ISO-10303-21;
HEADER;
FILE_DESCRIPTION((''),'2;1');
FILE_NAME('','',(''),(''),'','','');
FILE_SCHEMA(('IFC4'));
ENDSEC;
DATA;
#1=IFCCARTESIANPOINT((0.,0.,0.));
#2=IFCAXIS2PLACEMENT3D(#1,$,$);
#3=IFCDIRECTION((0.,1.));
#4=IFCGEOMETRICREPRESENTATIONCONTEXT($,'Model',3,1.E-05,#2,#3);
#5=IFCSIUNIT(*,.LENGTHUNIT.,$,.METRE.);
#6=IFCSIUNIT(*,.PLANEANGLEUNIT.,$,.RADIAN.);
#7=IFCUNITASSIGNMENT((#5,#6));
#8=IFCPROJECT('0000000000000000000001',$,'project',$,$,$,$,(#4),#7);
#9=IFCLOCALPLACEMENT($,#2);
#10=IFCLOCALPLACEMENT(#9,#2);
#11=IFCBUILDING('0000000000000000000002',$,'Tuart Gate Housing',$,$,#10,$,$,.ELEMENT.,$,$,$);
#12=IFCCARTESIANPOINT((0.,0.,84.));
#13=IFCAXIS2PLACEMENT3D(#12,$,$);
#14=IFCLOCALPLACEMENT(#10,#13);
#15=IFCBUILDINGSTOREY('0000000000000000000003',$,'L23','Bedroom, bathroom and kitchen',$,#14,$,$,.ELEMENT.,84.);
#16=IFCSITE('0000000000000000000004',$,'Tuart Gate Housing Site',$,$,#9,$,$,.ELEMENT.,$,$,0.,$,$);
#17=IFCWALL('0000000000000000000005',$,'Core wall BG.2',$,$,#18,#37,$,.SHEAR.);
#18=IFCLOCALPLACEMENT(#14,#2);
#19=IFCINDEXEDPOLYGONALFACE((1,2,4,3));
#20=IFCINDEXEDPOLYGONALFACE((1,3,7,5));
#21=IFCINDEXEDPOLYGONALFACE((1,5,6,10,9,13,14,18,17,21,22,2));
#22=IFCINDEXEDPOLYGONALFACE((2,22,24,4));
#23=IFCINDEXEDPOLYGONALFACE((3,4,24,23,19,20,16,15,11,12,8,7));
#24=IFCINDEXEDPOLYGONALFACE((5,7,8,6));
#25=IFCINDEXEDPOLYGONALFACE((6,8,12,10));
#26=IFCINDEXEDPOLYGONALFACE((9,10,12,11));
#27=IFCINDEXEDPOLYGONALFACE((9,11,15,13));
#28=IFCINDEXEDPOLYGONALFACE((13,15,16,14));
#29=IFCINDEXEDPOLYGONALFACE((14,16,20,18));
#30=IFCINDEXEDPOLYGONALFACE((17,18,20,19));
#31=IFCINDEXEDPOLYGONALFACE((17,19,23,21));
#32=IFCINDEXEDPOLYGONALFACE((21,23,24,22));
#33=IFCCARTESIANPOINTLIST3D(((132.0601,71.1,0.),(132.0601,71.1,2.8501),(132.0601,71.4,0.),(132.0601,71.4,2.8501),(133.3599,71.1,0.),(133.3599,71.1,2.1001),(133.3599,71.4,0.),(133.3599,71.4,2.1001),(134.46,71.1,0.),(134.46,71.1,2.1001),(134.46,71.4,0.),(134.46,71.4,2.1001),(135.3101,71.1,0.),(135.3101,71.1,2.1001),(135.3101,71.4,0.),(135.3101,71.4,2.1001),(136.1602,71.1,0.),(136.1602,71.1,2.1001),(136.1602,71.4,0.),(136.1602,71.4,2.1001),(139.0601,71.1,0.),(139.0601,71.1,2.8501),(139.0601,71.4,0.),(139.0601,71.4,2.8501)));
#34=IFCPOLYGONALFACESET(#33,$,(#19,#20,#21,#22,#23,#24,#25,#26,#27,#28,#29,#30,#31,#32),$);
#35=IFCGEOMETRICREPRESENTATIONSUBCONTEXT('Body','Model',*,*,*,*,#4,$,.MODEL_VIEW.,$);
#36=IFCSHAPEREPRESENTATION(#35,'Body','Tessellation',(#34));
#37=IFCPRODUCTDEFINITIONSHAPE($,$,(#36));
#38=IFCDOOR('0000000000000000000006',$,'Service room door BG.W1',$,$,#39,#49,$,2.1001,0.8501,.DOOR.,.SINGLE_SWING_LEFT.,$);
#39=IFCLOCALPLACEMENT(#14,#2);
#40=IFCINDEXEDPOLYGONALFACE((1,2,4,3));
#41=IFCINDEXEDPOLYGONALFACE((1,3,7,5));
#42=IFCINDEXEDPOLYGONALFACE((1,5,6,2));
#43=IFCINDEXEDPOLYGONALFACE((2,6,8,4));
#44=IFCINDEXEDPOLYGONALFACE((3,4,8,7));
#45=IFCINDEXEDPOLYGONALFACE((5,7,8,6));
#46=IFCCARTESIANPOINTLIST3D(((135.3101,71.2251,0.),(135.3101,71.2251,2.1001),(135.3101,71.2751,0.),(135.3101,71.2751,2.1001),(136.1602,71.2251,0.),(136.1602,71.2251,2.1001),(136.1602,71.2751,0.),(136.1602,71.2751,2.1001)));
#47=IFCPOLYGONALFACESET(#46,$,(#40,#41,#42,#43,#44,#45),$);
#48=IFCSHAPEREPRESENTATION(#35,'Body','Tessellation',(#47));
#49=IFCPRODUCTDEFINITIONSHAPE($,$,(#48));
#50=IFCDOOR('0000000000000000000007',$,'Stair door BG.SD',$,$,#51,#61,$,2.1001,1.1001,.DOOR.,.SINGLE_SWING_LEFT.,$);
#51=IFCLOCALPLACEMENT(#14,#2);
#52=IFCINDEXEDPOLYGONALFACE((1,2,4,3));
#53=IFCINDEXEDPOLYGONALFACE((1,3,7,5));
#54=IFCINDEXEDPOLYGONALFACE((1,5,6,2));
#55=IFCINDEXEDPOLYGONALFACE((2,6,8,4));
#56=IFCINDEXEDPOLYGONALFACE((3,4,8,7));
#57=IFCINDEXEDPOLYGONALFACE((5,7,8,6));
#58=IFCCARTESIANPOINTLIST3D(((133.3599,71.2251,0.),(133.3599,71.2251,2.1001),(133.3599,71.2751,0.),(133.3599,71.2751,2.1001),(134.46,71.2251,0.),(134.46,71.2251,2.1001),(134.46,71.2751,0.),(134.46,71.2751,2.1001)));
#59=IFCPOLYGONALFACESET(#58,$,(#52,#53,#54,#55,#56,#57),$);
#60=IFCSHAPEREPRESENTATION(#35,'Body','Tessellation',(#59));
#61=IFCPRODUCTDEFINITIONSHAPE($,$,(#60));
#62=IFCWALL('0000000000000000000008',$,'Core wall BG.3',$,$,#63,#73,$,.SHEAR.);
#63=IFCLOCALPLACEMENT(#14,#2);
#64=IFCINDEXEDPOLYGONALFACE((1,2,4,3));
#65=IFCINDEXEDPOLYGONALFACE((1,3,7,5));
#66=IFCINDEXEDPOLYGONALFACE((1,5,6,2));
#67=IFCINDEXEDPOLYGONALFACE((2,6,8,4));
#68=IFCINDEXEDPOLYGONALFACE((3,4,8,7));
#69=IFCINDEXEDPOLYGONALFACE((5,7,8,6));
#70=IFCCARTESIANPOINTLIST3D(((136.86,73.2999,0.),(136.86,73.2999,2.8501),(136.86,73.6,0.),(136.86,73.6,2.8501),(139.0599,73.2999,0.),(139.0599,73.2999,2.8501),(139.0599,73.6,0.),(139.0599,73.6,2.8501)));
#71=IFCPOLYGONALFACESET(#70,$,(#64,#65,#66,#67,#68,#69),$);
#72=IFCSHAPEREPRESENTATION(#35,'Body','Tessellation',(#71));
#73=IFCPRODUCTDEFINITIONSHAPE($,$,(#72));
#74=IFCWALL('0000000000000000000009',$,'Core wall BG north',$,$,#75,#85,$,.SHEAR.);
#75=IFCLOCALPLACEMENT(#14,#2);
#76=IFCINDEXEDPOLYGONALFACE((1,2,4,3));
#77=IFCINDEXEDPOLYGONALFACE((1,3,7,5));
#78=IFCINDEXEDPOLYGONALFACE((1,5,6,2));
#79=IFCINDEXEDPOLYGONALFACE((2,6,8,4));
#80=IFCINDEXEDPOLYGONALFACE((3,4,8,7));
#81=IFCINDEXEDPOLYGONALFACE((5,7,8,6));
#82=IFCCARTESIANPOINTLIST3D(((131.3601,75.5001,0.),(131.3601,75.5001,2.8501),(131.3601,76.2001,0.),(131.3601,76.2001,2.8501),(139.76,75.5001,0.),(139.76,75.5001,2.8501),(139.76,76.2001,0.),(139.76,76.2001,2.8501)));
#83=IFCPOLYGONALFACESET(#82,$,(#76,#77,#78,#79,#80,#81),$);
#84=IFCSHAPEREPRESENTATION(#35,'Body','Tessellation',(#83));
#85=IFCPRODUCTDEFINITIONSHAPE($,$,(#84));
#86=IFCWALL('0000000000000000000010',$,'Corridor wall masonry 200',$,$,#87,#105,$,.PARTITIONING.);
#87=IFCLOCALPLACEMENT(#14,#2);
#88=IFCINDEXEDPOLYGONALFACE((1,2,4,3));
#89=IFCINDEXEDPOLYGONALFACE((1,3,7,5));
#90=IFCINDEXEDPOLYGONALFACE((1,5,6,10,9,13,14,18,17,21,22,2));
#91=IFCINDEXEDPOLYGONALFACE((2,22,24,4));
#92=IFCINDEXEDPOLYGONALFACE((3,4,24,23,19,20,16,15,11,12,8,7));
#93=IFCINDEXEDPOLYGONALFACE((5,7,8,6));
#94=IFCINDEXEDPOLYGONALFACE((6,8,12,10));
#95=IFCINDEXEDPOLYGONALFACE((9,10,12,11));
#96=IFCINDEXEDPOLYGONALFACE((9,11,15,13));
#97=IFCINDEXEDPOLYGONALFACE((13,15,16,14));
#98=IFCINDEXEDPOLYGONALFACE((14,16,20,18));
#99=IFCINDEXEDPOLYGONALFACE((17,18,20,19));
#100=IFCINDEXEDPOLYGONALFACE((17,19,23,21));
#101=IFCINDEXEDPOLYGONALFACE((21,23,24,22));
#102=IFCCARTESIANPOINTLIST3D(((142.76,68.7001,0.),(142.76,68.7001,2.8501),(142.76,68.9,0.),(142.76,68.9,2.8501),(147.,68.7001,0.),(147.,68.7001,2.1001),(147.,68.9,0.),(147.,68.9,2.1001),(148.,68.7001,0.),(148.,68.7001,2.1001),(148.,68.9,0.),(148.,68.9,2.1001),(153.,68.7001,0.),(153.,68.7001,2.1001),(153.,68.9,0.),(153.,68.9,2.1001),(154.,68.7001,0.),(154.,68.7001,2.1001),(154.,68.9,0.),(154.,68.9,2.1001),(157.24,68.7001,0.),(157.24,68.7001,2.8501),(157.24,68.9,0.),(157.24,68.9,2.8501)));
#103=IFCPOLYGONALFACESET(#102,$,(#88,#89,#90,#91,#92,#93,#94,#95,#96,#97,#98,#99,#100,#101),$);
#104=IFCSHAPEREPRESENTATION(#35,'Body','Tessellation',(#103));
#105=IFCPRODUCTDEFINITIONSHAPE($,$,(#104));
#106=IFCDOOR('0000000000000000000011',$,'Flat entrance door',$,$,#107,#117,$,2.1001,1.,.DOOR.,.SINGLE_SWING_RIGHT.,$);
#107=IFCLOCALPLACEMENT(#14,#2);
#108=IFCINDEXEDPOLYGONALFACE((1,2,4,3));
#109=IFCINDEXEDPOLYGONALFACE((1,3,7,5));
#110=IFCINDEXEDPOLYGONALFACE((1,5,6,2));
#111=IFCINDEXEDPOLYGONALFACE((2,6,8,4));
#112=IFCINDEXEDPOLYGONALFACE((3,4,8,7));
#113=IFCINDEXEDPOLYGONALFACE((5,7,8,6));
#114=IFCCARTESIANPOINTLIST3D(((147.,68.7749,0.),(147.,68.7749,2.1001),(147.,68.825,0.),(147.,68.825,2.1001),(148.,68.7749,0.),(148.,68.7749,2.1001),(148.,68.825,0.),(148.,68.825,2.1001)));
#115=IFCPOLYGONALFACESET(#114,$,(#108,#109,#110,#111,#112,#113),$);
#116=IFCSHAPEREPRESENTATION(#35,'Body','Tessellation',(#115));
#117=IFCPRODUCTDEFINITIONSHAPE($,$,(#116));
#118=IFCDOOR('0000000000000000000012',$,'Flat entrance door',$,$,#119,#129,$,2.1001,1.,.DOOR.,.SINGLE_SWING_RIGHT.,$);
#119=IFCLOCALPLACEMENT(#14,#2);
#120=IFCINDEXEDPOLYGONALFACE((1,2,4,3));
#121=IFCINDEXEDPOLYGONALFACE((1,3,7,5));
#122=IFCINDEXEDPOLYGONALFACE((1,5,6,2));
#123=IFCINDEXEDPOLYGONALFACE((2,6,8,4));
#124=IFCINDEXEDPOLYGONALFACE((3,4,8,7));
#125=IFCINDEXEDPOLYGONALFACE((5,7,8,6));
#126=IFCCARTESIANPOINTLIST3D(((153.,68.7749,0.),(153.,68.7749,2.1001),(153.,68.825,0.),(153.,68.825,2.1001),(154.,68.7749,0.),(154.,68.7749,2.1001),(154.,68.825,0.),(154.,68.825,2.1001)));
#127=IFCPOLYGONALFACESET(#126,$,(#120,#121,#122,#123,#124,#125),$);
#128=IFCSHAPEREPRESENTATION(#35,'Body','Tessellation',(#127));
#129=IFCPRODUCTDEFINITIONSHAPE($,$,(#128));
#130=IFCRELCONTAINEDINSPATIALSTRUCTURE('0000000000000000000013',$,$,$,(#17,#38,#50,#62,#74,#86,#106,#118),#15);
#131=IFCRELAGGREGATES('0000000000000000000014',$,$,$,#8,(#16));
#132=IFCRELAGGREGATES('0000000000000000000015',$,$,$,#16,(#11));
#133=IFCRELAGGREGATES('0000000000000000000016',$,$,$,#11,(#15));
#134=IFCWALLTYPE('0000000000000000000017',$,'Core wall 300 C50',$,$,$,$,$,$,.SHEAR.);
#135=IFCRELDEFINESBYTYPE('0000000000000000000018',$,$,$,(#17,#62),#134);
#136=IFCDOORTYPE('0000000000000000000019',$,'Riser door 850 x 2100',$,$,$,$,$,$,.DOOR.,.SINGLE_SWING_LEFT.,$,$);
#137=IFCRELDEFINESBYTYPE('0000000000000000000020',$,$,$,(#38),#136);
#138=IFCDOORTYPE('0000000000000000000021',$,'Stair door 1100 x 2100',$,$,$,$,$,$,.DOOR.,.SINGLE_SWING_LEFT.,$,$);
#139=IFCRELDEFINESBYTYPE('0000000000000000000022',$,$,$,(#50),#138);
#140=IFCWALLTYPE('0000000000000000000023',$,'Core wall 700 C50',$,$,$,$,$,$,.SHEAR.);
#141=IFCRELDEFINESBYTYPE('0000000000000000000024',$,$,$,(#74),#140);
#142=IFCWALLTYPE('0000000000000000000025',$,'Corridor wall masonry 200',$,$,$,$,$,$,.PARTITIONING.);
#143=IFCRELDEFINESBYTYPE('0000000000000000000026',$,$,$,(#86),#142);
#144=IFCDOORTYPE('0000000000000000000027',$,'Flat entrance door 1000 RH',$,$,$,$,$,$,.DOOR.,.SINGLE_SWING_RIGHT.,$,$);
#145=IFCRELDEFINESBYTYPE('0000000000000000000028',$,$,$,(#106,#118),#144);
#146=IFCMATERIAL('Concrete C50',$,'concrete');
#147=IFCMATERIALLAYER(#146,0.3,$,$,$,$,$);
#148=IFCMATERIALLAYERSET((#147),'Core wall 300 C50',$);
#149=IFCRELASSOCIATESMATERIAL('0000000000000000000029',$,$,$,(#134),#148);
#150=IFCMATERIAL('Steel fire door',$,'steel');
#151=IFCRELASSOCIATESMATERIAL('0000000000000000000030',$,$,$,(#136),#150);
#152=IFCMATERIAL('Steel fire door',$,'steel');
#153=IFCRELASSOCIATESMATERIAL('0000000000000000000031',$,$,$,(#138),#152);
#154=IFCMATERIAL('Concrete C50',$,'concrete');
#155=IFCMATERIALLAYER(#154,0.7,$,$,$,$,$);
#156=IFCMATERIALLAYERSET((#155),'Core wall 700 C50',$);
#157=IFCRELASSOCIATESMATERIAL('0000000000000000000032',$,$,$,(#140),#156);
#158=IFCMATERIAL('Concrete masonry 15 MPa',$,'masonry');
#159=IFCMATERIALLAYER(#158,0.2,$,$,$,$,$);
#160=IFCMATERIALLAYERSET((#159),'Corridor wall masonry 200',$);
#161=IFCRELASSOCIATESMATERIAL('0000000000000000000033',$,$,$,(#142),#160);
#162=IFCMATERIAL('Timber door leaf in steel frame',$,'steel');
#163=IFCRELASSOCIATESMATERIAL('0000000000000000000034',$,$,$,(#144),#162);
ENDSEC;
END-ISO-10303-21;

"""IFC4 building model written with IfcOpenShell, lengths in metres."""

from ifc_helpers import new_model, si_unit, direction, frame, frame_2d, origin, place, context, subcontext, project, spatial, rectangle, extrude, material, layer, layer_set, type_object, element, fill, save


model = new_model("IFC4")

# Units and contexts
model_context = context("Model", 3, precision=1e-05, world=origin(), true_north=direction((0.0, 1.0)))
body_context = subcontext(model_context, "Body", "Model", "MODEL_VIEW")
ifc_project = project(units=[si_unit("LENGTHUNIT", "METRE"), si_unit("PLANEANGLEUNIT", "RADIAN")], contexts=[model_context])

# Site, building, storey
site_placement = place(None, origin())
site = spatial("IfcSite", under=ifc_project, at=site_placement, Name="Tuart Gate Housing Site", CompositionType="ELEMENT", RefElevation=0.0)
building_placement = place(site_placement, origin())
building = spatial("IfcBuilding", under=site, at=building_placement, Name="Tuart Gate Housing", CompositionType="ELEMENT")
storey_placement = place(building_placement, frame((0.0, 0.0, 84.0)))
storey = spatial("IfcBuildingStorey", under=building, at=storey_placement, Name="L23", Description="Bedroom, bathroom and kitchen", CompositionType="ELEMENT", Elevation=84.0)

# Wall, openings, doors
ifc_material_1 = material(Name="Concrete C50", Category="concrete")
ifc_layer_1 = layer(ifc_material_1, 0.3)
ifc_layer_set_1 = layer_set([ifc_layer_1], Name="Core wall 300 C50")
wall_type_1 = type_object("IfcWallType", Name="Core wall 300 C50", PredefinedType="SHEAR", material=ifc_layer_set_1)
wall_1_placement = place(storey_placement, frame((139.0601, 71.25, 0.0), z_axis=(0.0, 0.0, 1.0), x_axis=(-1.0, 0.0, 0.0)))
wall_1 = element("IfcWall", 1, at=wall_1_placement, inside=storey, type_object=wall_type_1, Name="Core wall BG.2", PredefinedType="SHEAR", context=body_context, shape_type="SweptSolid", body=[
    extrude(rectangle(XDim=7.0, YDim=0.3, at=frame_2d((3.5, 0.0))), origin(), (0.0, 0.0, 1.0), 2.8501),
])
opening_1_placement = place(wall_1_placement, frame((4.6001, 0.0, 0.0)))
opening_1 = element("IfcOpeningElement", 2, at=opening_1_placement, cuts=wall_1, PredefinedType="OPENING", context=body_context, shape_type="SweptSolid", body=[
    extrude(rectangle(XDim=1.1001, YDim=2.1001, at=frame_2d((0.55, 1.05))), frame((0.0, 0.1599, 0.0), z_axis=(0.0, -1.0, 0.0), x_axis=(1.0, 0.0, 0.0)), (0.0, 0.0, 1.0), 0.3201),
])
opening_2_placement = place(wall_1_placement, frame((2.8999, 0.0, 0.0)))
opening_2 = element("IfcOpeningElement", 3, at=opening_2_placement, cuts=wall_1, PredefinedType="OPENING", context=body_context, shape_type="SweptSolid", body=[
    extrude(rectangle(XDim=0.8501, YDim=2.1001, at=frame_2d((0.425, 1.05))), frame((0.0, 0.1599, 0.0), z_axis=(0.0, -1.0, 0.0), x_axis=(1.0, 0.0, 0.0)), (0.0, 0.0, 1.0), 0.3201),
])
ifc_material_2 = material(Name="Steel fire door", Category="steel")
door_type_1 = type_object("IfcDoorType", Name="Riser door 850 x 2100", OperationType="SINGLE_SWING_LEFT", PredefinedType="DOOR", material=ifc_material_2)
door_1_placement = place(opening_2_placement, origin())
door_1 = element("IfcDoor", 4, at=door_1_placement, inside=storey, type_object=door_type_1, Name="Service room door BG.W1", OperationType="SINGLE_SWING_LEFT", OverallHeight=2.1001, OverallWidth=0.8501, PredefinedType="DOOR", context=body_context, shape_type="SweptSolid", body=[
    extrude(rectangle(XDim=0.8501, YDim=2.1001, at=frame_2d((0.425, 1.05))), frame((0.0, 0.0249, 0.0), z_axis=(0.0, -1.0, 0.0), x_axis=(1.0, 0.0, 0.0)), (0.0, 0.0, 1.0), 0.05),
])
fill(opening_2, door_1)
ifc_material_3 = material(Name="Steel fire door", Category="steel")
door_type_2 = type_object("IfcDoorType", Name="Stair door 1100 x 2100", OperationType="SINGLE_SWING_LEFT", PredefinedType="DOOR", material=ifc_material_3)
door_2_placement = place(opening_1_placement, origin())
door_2 = element("IfcDoor", 5, at=door_2_placement, inside=storey, type_object=door_type_2, Name="Stair door BG.SD", OperationType="SINGLE_SWING_LEFT", OverallHeight=2.1001, OverallWidth=1.1001, PredefinedType="DOOR", context=body_context, shape_type="SweptSolid", body=[
    extrude(rectangle(XDim=1.1001, YDim=2.1001, at=frame_2d((0.55, 1.05))), frame((0.0, 0.0249, 0.0), z_axis=(0.0, -1.0, 0.0), x_axis=(1.0, 0.0, 0.0)), (0.0, 0.0, 1.0), 0.05),
])
fill(opening_1, door_2)

# Walls
wall_2_placement = place(storey_placement, frame((139.0601, 73.45, 0.0), z_axis=(0.0, 0.0, 1.0), x_axis=(-1.0, 0.0, 0.0)))
element("IfcWall", 6, at=wall_2_placement, inside=storey, type_object=wall_type_1, Name="Core wall BG.3", PredefinedType="SHEAR", context=body_context, shape_type="SweptSolid", body=[
    extrude(rectangle(XDim=2.2, YDim=0.3, at=frame_2d((1.1001, 0.0))), origin(), (0.0, 0.0, 1.0), 2.8501),
])
ifc_material_4 = material(Name="Concrete C50", Category="concrete")
ifc_layer_2 = layer(ifc_material_4, 0.7)
ifc_layer_set_2 = layer_set([ifc_layer_2], Name="Core wall 700 C50")
wall_type_2 = type_object("IfcWallType", Name="Core wall 700 C50", PredefinedType="SHEAR", material=ifc_layer_set_2)
wall_3_placement = place(storey_placement, frame((139.76, 75.8501, 0.0), z_axis=(0.0, 0.0, 1.0), x_axis=(-1.0, 0.0, 0.0)))
element("IfcWall", 7, at=wall_3_placement, inside=storey, type_object=wall_type_2, Name="Core wall BG north", PredefinedType="SHEAR", context=body_context, shape_type="SweptSolid", body=[
    extrude(rectangle(XDim=8.3999, YDim=0.7, at=frame_2d((4.2, 0.0))), origin(), (0.0, 0.0, 1.0), 2.8501),
])

# Wall, openings, doors
ifc_material_5 = material(Name="Concrete masonry 15 MPa", Category="masonry")
ifc_layer_3 = layer(ifc_material_5, 0.2)
ifc_layer_set_3 = layer_set([ifc_layer_3], Name="Corridor wall masonry 200")
wall_type_3 = type_object("IfcWallType", Name="Corridor wall masonry 200", PredefinedType="PARTITIONING", material=ifc_layer_set_3)
wall_4_placement = place(storey_placement, frame((142.76, 68.8, 0.0), z_axis=(0.0, 0.0, 1.0), x_axis=(1.0, 0.0, 0.0)))
wall_4 = element("IfcWall", 8, at=wall_4_placement, inside=storey, type_object=wall_type_3, Name="Corridor wall masonry 200", PredefinedType="PARTITIONING", context=body_context, shape_type="SweptSolid", body=[
    extrude(rectangle(XDim=14.48, YDim=0.2, at=frame_2d((7.24, 0.0))), origin(), (0.0, 0.0, 1.0), 2.8501),
])
opening_3_placement = place(wall_4_placement, frame((4.24, 0.0, 0.0)))
opening_3 = element("IfcOpeningElement", 9, at=opening_3_placement, cuts=wall_4, PredefinedType="OPENING", context=body_context, shape_type="SweptSolid", body=[
    extrude(rectangle(XDim=1.0, YDim=2.1001, at=frame_2d((0.5, 1.05))), frame((0.0, 0.1099, 0.0), z_axis=(0.0, -1.0, 0.0), x_axis=(1.0, 0.0, 0.0)), (0.0, 0.0, 1.0), 0.22),
])
opening_4_placement = place(wall_4_placement, frame((10.24, 0.0, 0.0)))
opening_4 = element("IfcOpeningElement", 10, at=opening_4_placement, cuts=wall_4, PredefinedType="OPENING", context=body_context, shape_type="SweptSolid", body=[
    extrude(rectangle(XDim=1.0, YDim=2.1001, at=frame_2d((0.5, 1.05))), frame((0.0, 0.1099, 0.0), z_axis=(0.0, -1.0, 0.0), x_axis=(1.0, 0.0, 0.0)), (0.0, 0.0, 1.0), 0.22),
])
ifc_material_6 = material(Name="Timber door leaf in steel frame", Category="steel")
door_type_3 = type_object("IfcDoorType", Name="Flat entrance door 1000 RH", OperationType="SINGLE_SWING_RIGHT", PredefinedType="DOOR", material=ifc_material_6)
door_3_placement = place(opening_3_placement, frame((1.0, 0.0, 0.0), z_axis=(0.0, 0.0, 1.0), x_axis=(-1.0, 0.0, 0.0)))
door_3 = element("IfcDoor", 11, at=door_3_placement, inside=storey, type_object=door_type_3, Name="Flat entrance door", OperationType="SINGLE_SWING_RIGHT", OverallHeight=2.1001, OverallWidth=1.0, PredefinedType="DOOR", context=body_context, shape_type="SweptSolid", body=[
    extrude(rectangle(XDim=1.0, YDim=2.1001, at=frame_2d((0.5, 1.05))), frame((0.0, 0.0251, 0.0), z_axis=(0.0, -1.0, 0.0), x_axis=(1.0, 0.0, 0.0)), (0.0, 0.0, 1.0), 0.05),
])
fill(opening_3, door_3)
door_4_placement = place(opening_4_placement, frame((1.0, 0.0, 0.0), z_axis=(0.0, 0.0, 1.0), x_axis=(-1.0, 0.0, 0.0)))
door_4 = element("IfcDoor", 12, at=door_4_placement, inside=storey, type_object=door_type_3, Name="Flat entrance door", OperationType="SINGLE_SWING_RIGHT", OverallHeight=2.1001, OverallWidth=1.0, PredefinedType="DOOR", context=body_context, shape_type="SweptSolid", body=[
    extrude(rectangle(XDim=1.0, YDim=2.1001, at=frame_2d((0.5, 1.05))), frame((0.0, 0.0251, 0.0), z_axis=(0.0, -1.0, 0.0), x_axis=(1.0, 0.0, 0.0)), (0.0, 0.0, 1.0), 0.05),
])
fill(opening_4, door_4)

save(model, "model.ifc")
